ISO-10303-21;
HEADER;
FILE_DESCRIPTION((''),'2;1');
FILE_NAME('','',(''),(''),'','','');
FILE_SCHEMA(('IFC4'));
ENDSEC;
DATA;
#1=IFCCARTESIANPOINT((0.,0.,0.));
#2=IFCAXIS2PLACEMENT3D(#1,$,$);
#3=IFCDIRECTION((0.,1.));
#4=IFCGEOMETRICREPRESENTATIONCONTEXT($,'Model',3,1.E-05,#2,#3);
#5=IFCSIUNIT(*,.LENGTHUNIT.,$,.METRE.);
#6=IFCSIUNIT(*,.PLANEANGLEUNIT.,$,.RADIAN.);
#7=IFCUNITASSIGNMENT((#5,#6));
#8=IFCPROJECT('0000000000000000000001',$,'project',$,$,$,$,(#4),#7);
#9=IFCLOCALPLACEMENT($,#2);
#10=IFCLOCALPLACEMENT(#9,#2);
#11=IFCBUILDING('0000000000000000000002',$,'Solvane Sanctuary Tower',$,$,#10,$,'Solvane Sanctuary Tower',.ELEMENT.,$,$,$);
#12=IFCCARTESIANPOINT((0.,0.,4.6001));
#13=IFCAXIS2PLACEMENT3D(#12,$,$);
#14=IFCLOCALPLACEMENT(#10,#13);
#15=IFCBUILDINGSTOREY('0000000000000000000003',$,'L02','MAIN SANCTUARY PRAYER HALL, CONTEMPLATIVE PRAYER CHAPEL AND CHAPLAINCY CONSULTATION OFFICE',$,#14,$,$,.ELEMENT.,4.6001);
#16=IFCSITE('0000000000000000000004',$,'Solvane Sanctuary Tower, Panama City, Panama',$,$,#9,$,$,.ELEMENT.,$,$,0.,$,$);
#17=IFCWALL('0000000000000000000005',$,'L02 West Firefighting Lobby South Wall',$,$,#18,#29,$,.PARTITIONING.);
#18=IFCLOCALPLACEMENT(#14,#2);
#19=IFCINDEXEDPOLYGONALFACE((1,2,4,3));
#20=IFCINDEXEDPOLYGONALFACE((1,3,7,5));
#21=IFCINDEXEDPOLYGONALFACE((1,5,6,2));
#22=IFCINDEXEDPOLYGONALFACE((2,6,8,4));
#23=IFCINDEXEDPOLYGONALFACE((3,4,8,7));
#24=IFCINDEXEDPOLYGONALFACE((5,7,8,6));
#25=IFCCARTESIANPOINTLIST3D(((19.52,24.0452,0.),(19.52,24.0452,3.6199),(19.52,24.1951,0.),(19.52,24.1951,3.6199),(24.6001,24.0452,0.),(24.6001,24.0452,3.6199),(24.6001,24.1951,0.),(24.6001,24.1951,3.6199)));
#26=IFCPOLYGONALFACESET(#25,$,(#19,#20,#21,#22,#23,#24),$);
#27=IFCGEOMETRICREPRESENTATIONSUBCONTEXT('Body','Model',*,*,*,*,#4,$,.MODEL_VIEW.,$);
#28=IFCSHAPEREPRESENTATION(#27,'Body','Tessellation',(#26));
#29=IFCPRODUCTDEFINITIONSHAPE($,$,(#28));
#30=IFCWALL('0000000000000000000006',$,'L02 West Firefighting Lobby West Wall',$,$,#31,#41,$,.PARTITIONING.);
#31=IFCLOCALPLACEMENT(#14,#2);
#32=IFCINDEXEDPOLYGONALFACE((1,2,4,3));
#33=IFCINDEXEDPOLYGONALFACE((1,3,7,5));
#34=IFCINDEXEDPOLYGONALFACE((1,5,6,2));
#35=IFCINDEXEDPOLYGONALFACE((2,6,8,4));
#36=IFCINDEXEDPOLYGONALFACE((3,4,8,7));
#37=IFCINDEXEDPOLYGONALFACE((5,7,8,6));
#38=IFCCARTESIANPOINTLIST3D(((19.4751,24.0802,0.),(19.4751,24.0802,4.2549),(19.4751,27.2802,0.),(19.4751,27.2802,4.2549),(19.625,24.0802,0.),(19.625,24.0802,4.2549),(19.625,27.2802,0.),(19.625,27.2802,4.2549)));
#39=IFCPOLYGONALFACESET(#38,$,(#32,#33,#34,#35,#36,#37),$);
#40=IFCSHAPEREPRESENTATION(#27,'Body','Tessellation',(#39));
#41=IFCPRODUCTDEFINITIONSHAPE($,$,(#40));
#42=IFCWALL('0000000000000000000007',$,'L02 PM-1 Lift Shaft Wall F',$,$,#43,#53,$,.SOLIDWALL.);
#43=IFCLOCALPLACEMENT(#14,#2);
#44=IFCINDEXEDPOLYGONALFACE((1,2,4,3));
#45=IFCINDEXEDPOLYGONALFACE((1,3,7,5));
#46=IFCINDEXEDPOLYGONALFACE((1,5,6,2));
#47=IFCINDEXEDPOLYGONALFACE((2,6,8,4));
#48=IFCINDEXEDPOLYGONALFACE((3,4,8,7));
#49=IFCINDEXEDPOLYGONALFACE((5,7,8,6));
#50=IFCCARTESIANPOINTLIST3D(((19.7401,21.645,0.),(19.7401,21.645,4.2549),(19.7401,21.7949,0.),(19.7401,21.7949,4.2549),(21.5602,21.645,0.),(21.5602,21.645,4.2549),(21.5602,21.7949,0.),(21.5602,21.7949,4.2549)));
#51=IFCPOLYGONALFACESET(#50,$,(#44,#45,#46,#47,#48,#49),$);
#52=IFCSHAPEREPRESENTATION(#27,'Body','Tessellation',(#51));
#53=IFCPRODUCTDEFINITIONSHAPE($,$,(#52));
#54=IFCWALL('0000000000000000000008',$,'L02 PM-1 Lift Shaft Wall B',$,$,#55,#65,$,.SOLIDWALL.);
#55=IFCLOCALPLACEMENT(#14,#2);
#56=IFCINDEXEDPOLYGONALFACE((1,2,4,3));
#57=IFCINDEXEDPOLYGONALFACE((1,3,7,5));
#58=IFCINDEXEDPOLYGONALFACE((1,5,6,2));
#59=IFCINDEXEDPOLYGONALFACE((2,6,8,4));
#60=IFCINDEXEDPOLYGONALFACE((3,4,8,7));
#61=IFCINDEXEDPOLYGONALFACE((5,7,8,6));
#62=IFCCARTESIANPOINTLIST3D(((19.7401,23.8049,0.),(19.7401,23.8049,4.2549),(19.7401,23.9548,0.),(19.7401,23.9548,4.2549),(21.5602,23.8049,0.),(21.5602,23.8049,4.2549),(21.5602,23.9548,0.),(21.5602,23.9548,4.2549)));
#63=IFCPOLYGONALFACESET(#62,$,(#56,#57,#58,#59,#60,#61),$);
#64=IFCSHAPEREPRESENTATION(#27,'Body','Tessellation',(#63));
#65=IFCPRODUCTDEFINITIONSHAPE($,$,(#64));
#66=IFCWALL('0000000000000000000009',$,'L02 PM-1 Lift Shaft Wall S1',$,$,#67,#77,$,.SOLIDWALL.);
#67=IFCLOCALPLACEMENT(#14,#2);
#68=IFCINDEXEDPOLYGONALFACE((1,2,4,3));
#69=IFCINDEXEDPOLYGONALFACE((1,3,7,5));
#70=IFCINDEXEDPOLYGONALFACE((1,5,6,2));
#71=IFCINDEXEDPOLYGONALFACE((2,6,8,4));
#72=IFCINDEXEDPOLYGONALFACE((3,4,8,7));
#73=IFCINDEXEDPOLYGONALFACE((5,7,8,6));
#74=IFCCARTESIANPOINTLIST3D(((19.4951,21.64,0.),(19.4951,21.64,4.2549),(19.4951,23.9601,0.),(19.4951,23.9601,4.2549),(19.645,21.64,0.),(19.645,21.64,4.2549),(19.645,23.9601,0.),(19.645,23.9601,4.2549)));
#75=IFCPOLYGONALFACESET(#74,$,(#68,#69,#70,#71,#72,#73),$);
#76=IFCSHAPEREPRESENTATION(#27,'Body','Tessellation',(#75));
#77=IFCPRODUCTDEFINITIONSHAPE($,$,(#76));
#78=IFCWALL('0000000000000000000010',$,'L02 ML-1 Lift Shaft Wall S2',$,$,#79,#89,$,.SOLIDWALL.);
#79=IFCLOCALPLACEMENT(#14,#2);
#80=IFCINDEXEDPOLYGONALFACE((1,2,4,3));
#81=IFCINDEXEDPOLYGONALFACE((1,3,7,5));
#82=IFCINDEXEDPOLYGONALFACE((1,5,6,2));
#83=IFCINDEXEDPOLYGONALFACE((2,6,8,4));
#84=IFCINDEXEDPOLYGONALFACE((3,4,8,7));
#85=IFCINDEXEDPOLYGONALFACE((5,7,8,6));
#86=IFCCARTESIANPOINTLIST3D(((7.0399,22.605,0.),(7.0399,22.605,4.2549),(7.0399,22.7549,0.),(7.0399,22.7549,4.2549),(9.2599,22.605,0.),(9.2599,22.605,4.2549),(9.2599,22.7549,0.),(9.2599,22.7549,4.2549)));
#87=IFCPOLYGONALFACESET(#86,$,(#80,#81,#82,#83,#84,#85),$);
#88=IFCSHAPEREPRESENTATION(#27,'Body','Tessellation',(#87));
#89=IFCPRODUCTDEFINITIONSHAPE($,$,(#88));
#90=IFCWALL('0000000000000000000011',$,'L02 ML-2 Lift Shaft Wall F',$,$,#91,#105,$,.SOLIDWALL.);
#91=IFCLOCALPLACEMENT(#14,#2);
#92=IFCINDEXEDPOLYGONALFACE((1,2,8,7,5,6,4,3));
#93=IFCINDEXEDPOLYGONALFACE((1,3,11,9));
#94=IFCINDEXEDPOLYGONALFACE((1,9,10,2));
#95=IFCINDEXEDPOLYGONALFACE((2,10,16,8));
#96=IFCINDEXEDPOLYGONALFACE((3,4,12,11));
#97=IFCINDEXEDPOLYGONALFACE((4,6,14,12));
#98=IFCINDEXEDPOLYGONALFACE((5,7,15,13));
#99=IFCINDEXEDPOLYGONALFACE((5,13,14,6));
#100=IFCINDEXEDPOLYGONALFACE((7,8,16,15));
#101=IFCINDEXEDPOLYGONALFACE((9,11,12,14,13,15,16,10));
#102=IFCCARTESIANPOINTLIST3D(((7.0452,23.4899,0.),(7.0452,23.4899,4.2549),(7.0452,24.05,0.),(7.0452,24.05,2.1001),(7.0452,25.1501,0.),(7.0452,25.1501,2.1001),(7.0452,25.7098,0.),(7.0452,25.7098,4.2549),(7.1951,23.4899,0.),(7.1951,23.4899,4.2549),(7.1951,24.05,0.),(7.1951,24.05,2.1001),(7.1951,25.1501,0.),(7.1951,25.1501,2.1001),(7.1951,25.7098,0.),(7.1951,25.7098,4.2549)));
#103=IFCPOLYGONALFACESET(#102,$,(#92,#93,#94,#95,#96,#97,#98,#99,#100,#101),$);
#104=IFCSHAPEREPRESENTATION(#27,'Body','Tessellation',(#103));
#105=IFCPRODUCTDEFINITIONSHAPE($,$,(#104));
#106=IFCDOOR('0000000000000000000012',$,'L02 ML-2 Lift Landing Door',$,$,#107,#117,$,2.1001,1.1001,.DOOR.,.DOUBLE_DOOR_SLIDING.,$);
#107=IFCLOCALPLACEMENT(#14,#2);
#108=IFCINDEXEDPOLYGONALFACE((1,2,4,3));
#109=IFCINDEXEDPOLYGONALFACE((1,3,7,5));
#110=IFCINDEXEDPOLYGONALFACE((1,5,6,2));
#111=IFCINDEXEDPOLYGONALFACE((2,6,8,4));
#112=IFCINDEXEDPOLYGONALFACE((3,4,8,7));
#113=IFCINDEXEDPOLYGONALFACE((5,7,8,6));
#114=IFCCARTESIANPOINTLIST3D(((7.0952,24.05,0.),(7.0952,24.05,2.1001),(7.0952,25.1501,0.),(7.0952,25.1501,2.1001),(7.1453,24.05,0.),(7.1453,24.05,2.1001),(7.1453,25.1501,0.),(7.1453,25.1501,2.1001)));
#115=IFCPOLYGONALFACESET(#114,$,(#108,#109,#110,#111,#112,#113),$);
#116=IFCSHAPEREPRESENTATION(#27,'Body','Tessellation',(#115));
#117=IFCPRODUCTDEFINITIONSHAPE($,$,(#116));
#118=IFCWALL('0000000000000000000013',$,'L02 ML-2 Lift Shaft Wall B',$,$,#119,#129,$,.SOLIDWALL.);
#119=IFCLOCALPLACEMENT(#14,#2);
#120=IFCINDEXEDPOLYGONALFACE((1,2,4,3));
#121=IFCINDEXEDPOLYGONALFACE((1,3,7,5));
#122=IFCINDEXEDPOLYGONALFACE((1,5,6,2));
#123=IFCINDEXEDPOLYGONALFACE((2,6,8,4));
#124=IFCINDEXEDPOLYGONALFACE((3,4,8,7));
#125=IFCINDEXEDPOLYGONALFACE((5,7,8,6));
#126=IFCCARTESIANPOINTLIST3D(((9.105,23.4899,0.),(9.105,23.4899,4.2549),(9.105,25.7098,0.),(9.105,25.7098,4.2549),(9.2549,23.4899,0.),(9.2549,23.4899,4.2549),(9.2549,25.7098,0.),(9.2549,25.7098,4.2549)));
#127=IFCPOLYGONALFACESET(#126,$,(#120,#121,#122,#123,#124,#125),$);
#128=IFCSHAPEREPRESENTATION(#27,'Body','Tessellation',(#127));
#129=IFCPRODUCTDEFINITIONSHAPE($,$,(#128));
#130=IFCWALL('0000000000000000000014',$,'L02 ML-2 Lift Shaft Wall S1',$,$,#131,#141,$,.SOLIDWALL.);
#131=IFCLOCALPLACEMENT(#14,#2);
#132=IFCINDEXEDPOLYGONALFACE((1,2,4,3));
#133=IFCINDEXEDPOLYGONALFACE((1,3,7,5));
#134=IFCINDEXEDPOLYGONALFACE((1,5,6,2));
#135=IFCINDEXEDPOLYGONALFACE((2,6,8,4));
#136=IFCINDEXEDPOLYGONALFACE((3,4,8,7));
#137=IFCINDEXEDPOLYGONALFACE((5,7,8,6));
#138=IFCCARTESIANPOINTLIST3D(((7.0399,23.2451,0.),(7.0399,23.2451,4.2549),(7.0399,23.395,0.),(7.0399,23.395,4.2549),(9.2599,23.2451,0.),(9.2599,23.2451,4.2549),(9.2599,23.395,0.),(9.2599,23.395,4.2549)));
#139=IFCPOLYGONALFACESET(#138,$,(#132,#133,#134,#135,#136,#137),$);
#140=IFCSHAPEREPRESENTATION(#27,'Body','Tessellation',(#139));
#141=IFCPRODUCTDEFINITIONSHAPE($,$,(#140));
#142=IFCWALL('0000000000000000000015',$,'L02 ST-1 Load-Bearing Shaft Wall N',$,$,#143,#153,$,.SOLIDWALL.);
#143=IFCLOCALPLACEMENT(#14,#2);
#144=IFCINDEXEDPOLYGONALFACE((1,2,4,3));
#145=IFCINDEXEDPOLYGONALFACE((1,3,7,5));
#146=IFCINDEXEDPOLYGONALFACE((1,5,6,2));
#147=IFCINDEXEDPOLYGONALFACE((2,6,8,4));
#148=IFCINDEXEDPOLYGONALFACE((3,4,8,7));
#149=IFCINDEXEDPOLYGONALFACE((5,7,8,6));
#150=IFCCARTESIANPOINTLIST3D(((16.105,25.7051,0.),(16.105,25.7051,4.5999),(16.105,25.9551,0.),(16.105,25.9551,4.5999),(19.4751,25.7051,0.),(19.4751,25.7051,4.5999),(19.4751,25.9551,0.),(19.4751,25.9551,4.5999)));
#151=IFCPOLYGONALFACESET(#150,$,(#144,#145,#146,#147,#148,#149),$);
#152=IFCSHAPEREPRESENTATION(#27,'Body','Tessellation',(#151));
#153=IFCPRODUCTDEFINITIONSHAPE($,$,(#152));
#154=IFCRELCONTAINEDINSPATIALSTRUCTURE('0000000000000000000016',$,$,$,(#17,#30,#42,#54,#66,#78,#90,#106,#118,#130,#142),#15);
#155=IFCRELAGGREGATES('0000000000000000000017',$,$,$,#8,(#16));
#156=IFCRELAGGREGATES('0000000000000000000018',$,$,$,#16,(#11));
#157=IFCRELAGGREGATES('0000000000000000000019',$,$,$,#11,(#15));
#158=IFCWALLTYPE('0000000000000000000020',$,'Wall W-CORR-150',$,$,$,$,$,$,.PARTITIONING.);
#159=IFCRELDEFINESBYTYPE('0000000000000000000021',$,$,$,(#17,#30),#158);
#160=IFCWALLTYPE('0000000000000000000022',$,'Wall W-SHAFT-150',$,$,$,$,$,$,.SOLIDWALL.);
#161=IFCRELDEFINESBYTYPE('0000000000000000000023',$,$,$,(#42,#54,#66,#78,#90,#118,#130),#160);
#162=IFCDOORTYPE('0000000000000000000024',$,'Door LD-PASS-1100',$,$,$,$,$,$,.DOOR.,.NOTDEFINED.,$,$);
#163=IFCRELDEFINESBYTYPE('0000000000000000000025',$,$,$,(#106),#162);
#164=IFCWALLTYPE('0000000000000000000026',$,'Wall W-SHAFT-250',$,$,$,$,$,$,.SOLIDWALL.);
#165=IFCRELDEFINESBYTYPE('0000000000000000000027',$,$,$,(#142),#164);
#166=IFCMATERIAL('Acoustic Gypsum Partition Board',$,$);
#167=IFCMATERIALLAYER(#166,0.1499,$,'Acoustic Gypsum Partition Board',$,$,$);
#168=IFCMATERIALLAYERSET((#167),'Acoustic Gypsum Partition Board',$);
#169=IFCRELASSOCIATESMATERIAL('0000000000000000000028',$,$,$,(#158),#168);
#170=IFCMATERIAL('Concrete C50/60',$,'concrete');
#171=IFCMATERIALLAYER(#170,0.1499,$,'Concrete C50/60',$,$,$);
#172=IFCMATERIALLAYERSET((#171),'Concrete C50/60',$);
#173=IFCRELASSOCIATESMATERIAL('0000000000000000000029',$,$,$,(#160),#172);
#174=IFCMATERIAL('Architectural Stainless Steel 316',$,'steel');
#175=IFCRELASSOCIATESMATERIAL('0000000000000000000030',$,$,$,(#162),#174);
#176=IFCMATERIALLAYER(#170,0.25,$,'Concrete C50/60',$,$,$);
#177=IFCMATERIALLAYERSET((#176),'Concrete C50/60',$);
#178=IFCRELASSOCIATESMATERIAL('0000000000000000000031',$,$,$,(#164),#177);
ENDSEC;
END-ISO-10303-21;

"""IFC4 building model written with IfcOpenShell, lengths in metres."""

from ifc_helpers import new_model, si_unit, direction, frame, frame_2d, origin, place, context, subcontext, project, spatial, rectangle, extrude, material, layer, layer_set, type_object, element, fill, save


model = new_model("IFC4")

# Units and contexts
model_context = context("Model", 3, precision=1e-05, world=origin(), true_north=direction((0.0, 1.0)))
body_context = subcontext(model_context, "Body", "Model", "MODEL_VIEW")
ifc_project = project(units=[si_unit("LENGTHUNIT", "METRE"), si_unit("PLANEANGLEUNIT", "RADIAN")], contexts=[model_context])

# Site, building, storey
site_placement = place(None, origin())
site = spatial("IfcSite", under=ifc_project, at=site_placement, Name="Solvane Sanctuary Tower, Panama City, Panama", CompositionType="ELEMENT", RefElevation=0.0)
building_placement = place(site_placement, origin())
building = spatial("IfcBuilding", under=site, at=building_placement, Name="Solvane Sanctuary Tower", LongName="Solvane Sanctuary Tower", CompositionType="ELEMENT")
storey_placement = place(building_placement, frame((0.0, 0.0, 4.6001)))
storey = spatial("IfcBuildingStorey", under=building, at=storey_placement, Name="L02", Description="MAIN SANCTUARY PRAYER HALL, CONTEMPLATIVE PRAYER CHAPEL AND CHAPLAINCY CONSULTATION OFFICE", CompositionType="ELEMENT", Elevation=4.6001)

# Walls
ifc_material_1 = material(Name="Acoustic Gypsum Partition Board")
ifc_layer_1 = layer(ifc_material_1, 0.1499, Name="Acoustic Gypsum Partition Board")
ifc_layer_set_1 = layer_set([ifc_layer_1], Name="Acoustic Gypsum Partition Board")
wall_type_1 = type_object("IfcWallType", Name="Wall W-CORR-150", PredefinedType="PARTITIONING", material=ifc_layer_set_1)
wall_1_placement = place(storey_placement, frame((19.52, 24.1201, 0.0), z_axis=(0.0, 0.0, 1.0), x_axis=(1.0, 0.0, 0.0)))
element("IfcWall", 1, at=wall_1_placement, inside=storey, type_object=wall_type_1, Name="L02 West Firefighting Lobby South Wall", PredefinedType="PARTITIONING", context=body_context, shape_type="SweptSolid", body=[
    extrude(rectangle(XDim=5.0801, YDim=0.1499, at=frame_2d((2.54, 0.0))), origin(), (0.0, 0.0, 1.0), 3.6199),
])
wall_2_placement = place(storey_placement, frame((19.55, 24.0801, 0.0), z_axis=(0.0, 0.0, 1.0), x_axis=(0.0, 1.0, 0.0)))
element("IfcWall", 2, at=wall_2_placement, inside=storey, type_object=wall_type_1, Name="L02 West Firefighting Lobby West Wall", PredefinedType="PARTITIONING", context=body_context, shape_type="SweptSolid", body=[
    extrude(rectangle(XDim=3.2, YDim=0.1499, at=frame_2d((1.6001, 0.0))), origin(), (0.0, 0.0, 1.0), 4.2549),
])
ifc_material_2 = material(Name="Concrete C50/60", Category="concrete")
ifc_layer_2 = layer(ifc_material_2, 0.1499, Name="Concrete C50/60")
ifc_layer_set_2 = layer_set([ifc_layer_2], Name="Concrete C50/60")
wall_type_2 = type_object("IfcWallType", Name="Wall W-SHAFT-150", PredefinedType="SOLIDWALL", material=ifc_layer_set_2)
for number, where, z_axis, x_axis, name in (
    (3, (19.74, 21.72, 0.0), (0.0, 0.0, 1.0), (1.0, 0.0, 0.0), "L02 PM-1 Lift Shaft Wall F"),
    (4, (19.74, 23.8799, 0.0), (0.0, 0.0, 1.0), (1.0, 0.0, 0.0), "L02 PM-1 Lift Shaft Wall B"),
):
    element("IfcWall", number, at=place(storey_placement, frame(where, z_axis=z_axis, x_axis=x_axis)), inside=storey, type_object=wall_type_2, Name=name, PredefinedType="SOLIDWALL", context=body_context, shape_type="SweptSolid", body=[
        extrude(rectangle(XDim=1.8201, YDim=0.1499, at=frame_2d((0.9102, 0.0))), origin(), (0.0, 0.0, 1.0), 4.2549),
    ])
wall_3_placement = place(storey_placement, frame((19.5701, 21.6399, 0.0), z_axis=(0.0, 0.0, 1.0), x_axis=(0.0, 1.0, 0.0)))
element("IfcWall", 5, at=wall_3_placement, inside=storey, type_object=wall_type_2, Name="L02 PM-1 Lift Shaft Wall S1", PredefinedType="SOLIDWALL", context=body_context, shape_type="SweptSolid", body=[
    extrude(rectangle(XDim=2.3201, YDim=0.1499, at=frame_2d((1.1602, 0.0))), origin(), (0.0, 0.0, 1.0), 4.2549),
])
wall_4_placement = place(storey_placement, frame((7.04, 22.6799, 0.0), z_axis=(0.0, 0.0, 1.0), x_axis=(1.0, 0.0, 0.0)))
element("IfcWall", 6, at=wall_4_placement, inside=storey, type_object=wall_type_2, Name="L02 ML-1 Lift Shaft Wall S2", PredefinedType="SOLIDWALL", context=body_context, shape_type="SweptSolid", body=[
    extrude(rectangle(XDim=2.22, YDim=0.1499, at=frame_2d((1.1099, 0.0))), origin(), (0.0, 0.0, 1.0), 4.2549),
])

# Wall, opening, door
wall_5_placement = place(storey_placement, frame((7.1201, 23.49, 0.0), z_axis=(0.0, 0.0, 1.0), x_axis=(0.0, 1.0, 0.0)))
wall_5 = element("IfcWall", 7, at=wall_5_placement, inside=storey, type_object=wall_type_2, Name="L02 ML-2 Lift Shaft Wall F", PredefinedType="SOLIDWALL", context=body_context, shape_type="SweptSolid", body=[
    extrude(rectangle(XDim=2.22, YDim=0.1499, at=frame_2d((1.1099, 0.0))), origin(), (0.0, 0.0, 1.0), 4.2549),
])
opening_placement = place(wall_5_placement, frame((0.5601, 0.0, 0.0)))
opening = element("IfcOpeningElement", 8, at=opening_placement, cuts=wall_5, PredefinedType="OPENING", context=body_context, shape_type="SweptSolid", body=[
    extrude(rectangle(XDim=1.1001, YDim=2.1001, at=frame_2d((0.55, 1.05))), frame((0.0, 0.085, 0.0), z_axis=(0.0, -1.0, 0.0), x_axis=(1.0, 0.0, 0.0)), (0.0, 0.0, 1.0), 0.1699),
])
ifc_material_3 = material(Name="Architectural Stainless Steel 316", Category="steel")
door_type = type_object("IfcDoorType", Name="Door LD-PASS-1100", OperationType="NOTDEFINED", PredefinedType="DOOR", material=ifc_material_3)
door_placement = place(opening_placement, origin())
door = element("IfcDoor", 9, at=door_placement, inside=storey, type_object=door_type, Name="L02 ML-2 Lift Landing Door", OperationType="DOUBLE_DOOR_SLIDING", OverallHeight=2.1001, OverallWidth=1.1001, PredefinedType="DOOR", context=body_context, shape_type="SweptSolid", body=[
    extrude(rectangle(XDim=1.1001, YDim=2.1001, at=frame_2d((0.55, 1.05))), frame((0.0, 0.0249, 0.0), z_axis=(0.0, -1.0, 0.0), x_axis=(1.0, 0.0, 0.0)), (0.0, 0.0, 1.0), 0.05),
])
fill(opening, door)

# Walls
for number, where, z_axis, x_axis, name in (
    (10, (9.1799, 23.49, 0.0), (0.0, 0.0, 1.0), (0.0, 1.0, 0.0), "L02 ML-2 Lift Shaft Wall B"),
    (11, (7.04, 23.3201, 0.0), (0.0, 0.0, 1.0), (1.0, 0.0, 0.0), "L02 ML-2 Lift Shaft Wall S1"),
):
    element("IfcWall", number, at=place(storey_placement, frame(where, z_axis=z_axis, x_axis=x_axis)), inside=storey, type_object=wall_type_2, Name=name, PredefinedType="SOLIDWALL", context=body_context, shape_type="SweptSolid", body=[
        extrude(rectangle(XDim=2.22, YDim=0.1499, at=frame_2d((1.1099, 0.0))), origin(), (0.0, 0.0, 1.0), 4.2549),
    ])
ifc_layer_3 = layer(ifc_material_2, 0.25, Name="Concrete C50/60")
ifc_layer_set_3 = layer_set([ifc_layer_3], Name="Concrete C50/60")
wall_type_3 = type_object("IfcWallType", Name="Wall W-SHAFT-250", PredefinedType="SOLIDWALL", material=ifc_layer_set_3)
wall_6_placement = place(storey_placement, frame((16.105, 25.8301, 0.0), z_axis=(0.0, 0.0, 1.0), x_axis=(1.0, 0.0, 0.0)))
element("IfcWall", 12, at=wall_6_placement, inside=storey, type_object=wall_type_3, Name="L02 ST-1 Load-Bearing Shaft Wall N", PredefinedType="SOLIDWALL", context=body_context, shape_type="SweptSolid", body=[
    extrude(rectangle(XDim=3.3701, YDim=0.25, at=frame_2d((1.6851, 0.0))), origin(), (0.0, 0.0, 1.0), 4.5999),
])

save(model, "model.ifc")
